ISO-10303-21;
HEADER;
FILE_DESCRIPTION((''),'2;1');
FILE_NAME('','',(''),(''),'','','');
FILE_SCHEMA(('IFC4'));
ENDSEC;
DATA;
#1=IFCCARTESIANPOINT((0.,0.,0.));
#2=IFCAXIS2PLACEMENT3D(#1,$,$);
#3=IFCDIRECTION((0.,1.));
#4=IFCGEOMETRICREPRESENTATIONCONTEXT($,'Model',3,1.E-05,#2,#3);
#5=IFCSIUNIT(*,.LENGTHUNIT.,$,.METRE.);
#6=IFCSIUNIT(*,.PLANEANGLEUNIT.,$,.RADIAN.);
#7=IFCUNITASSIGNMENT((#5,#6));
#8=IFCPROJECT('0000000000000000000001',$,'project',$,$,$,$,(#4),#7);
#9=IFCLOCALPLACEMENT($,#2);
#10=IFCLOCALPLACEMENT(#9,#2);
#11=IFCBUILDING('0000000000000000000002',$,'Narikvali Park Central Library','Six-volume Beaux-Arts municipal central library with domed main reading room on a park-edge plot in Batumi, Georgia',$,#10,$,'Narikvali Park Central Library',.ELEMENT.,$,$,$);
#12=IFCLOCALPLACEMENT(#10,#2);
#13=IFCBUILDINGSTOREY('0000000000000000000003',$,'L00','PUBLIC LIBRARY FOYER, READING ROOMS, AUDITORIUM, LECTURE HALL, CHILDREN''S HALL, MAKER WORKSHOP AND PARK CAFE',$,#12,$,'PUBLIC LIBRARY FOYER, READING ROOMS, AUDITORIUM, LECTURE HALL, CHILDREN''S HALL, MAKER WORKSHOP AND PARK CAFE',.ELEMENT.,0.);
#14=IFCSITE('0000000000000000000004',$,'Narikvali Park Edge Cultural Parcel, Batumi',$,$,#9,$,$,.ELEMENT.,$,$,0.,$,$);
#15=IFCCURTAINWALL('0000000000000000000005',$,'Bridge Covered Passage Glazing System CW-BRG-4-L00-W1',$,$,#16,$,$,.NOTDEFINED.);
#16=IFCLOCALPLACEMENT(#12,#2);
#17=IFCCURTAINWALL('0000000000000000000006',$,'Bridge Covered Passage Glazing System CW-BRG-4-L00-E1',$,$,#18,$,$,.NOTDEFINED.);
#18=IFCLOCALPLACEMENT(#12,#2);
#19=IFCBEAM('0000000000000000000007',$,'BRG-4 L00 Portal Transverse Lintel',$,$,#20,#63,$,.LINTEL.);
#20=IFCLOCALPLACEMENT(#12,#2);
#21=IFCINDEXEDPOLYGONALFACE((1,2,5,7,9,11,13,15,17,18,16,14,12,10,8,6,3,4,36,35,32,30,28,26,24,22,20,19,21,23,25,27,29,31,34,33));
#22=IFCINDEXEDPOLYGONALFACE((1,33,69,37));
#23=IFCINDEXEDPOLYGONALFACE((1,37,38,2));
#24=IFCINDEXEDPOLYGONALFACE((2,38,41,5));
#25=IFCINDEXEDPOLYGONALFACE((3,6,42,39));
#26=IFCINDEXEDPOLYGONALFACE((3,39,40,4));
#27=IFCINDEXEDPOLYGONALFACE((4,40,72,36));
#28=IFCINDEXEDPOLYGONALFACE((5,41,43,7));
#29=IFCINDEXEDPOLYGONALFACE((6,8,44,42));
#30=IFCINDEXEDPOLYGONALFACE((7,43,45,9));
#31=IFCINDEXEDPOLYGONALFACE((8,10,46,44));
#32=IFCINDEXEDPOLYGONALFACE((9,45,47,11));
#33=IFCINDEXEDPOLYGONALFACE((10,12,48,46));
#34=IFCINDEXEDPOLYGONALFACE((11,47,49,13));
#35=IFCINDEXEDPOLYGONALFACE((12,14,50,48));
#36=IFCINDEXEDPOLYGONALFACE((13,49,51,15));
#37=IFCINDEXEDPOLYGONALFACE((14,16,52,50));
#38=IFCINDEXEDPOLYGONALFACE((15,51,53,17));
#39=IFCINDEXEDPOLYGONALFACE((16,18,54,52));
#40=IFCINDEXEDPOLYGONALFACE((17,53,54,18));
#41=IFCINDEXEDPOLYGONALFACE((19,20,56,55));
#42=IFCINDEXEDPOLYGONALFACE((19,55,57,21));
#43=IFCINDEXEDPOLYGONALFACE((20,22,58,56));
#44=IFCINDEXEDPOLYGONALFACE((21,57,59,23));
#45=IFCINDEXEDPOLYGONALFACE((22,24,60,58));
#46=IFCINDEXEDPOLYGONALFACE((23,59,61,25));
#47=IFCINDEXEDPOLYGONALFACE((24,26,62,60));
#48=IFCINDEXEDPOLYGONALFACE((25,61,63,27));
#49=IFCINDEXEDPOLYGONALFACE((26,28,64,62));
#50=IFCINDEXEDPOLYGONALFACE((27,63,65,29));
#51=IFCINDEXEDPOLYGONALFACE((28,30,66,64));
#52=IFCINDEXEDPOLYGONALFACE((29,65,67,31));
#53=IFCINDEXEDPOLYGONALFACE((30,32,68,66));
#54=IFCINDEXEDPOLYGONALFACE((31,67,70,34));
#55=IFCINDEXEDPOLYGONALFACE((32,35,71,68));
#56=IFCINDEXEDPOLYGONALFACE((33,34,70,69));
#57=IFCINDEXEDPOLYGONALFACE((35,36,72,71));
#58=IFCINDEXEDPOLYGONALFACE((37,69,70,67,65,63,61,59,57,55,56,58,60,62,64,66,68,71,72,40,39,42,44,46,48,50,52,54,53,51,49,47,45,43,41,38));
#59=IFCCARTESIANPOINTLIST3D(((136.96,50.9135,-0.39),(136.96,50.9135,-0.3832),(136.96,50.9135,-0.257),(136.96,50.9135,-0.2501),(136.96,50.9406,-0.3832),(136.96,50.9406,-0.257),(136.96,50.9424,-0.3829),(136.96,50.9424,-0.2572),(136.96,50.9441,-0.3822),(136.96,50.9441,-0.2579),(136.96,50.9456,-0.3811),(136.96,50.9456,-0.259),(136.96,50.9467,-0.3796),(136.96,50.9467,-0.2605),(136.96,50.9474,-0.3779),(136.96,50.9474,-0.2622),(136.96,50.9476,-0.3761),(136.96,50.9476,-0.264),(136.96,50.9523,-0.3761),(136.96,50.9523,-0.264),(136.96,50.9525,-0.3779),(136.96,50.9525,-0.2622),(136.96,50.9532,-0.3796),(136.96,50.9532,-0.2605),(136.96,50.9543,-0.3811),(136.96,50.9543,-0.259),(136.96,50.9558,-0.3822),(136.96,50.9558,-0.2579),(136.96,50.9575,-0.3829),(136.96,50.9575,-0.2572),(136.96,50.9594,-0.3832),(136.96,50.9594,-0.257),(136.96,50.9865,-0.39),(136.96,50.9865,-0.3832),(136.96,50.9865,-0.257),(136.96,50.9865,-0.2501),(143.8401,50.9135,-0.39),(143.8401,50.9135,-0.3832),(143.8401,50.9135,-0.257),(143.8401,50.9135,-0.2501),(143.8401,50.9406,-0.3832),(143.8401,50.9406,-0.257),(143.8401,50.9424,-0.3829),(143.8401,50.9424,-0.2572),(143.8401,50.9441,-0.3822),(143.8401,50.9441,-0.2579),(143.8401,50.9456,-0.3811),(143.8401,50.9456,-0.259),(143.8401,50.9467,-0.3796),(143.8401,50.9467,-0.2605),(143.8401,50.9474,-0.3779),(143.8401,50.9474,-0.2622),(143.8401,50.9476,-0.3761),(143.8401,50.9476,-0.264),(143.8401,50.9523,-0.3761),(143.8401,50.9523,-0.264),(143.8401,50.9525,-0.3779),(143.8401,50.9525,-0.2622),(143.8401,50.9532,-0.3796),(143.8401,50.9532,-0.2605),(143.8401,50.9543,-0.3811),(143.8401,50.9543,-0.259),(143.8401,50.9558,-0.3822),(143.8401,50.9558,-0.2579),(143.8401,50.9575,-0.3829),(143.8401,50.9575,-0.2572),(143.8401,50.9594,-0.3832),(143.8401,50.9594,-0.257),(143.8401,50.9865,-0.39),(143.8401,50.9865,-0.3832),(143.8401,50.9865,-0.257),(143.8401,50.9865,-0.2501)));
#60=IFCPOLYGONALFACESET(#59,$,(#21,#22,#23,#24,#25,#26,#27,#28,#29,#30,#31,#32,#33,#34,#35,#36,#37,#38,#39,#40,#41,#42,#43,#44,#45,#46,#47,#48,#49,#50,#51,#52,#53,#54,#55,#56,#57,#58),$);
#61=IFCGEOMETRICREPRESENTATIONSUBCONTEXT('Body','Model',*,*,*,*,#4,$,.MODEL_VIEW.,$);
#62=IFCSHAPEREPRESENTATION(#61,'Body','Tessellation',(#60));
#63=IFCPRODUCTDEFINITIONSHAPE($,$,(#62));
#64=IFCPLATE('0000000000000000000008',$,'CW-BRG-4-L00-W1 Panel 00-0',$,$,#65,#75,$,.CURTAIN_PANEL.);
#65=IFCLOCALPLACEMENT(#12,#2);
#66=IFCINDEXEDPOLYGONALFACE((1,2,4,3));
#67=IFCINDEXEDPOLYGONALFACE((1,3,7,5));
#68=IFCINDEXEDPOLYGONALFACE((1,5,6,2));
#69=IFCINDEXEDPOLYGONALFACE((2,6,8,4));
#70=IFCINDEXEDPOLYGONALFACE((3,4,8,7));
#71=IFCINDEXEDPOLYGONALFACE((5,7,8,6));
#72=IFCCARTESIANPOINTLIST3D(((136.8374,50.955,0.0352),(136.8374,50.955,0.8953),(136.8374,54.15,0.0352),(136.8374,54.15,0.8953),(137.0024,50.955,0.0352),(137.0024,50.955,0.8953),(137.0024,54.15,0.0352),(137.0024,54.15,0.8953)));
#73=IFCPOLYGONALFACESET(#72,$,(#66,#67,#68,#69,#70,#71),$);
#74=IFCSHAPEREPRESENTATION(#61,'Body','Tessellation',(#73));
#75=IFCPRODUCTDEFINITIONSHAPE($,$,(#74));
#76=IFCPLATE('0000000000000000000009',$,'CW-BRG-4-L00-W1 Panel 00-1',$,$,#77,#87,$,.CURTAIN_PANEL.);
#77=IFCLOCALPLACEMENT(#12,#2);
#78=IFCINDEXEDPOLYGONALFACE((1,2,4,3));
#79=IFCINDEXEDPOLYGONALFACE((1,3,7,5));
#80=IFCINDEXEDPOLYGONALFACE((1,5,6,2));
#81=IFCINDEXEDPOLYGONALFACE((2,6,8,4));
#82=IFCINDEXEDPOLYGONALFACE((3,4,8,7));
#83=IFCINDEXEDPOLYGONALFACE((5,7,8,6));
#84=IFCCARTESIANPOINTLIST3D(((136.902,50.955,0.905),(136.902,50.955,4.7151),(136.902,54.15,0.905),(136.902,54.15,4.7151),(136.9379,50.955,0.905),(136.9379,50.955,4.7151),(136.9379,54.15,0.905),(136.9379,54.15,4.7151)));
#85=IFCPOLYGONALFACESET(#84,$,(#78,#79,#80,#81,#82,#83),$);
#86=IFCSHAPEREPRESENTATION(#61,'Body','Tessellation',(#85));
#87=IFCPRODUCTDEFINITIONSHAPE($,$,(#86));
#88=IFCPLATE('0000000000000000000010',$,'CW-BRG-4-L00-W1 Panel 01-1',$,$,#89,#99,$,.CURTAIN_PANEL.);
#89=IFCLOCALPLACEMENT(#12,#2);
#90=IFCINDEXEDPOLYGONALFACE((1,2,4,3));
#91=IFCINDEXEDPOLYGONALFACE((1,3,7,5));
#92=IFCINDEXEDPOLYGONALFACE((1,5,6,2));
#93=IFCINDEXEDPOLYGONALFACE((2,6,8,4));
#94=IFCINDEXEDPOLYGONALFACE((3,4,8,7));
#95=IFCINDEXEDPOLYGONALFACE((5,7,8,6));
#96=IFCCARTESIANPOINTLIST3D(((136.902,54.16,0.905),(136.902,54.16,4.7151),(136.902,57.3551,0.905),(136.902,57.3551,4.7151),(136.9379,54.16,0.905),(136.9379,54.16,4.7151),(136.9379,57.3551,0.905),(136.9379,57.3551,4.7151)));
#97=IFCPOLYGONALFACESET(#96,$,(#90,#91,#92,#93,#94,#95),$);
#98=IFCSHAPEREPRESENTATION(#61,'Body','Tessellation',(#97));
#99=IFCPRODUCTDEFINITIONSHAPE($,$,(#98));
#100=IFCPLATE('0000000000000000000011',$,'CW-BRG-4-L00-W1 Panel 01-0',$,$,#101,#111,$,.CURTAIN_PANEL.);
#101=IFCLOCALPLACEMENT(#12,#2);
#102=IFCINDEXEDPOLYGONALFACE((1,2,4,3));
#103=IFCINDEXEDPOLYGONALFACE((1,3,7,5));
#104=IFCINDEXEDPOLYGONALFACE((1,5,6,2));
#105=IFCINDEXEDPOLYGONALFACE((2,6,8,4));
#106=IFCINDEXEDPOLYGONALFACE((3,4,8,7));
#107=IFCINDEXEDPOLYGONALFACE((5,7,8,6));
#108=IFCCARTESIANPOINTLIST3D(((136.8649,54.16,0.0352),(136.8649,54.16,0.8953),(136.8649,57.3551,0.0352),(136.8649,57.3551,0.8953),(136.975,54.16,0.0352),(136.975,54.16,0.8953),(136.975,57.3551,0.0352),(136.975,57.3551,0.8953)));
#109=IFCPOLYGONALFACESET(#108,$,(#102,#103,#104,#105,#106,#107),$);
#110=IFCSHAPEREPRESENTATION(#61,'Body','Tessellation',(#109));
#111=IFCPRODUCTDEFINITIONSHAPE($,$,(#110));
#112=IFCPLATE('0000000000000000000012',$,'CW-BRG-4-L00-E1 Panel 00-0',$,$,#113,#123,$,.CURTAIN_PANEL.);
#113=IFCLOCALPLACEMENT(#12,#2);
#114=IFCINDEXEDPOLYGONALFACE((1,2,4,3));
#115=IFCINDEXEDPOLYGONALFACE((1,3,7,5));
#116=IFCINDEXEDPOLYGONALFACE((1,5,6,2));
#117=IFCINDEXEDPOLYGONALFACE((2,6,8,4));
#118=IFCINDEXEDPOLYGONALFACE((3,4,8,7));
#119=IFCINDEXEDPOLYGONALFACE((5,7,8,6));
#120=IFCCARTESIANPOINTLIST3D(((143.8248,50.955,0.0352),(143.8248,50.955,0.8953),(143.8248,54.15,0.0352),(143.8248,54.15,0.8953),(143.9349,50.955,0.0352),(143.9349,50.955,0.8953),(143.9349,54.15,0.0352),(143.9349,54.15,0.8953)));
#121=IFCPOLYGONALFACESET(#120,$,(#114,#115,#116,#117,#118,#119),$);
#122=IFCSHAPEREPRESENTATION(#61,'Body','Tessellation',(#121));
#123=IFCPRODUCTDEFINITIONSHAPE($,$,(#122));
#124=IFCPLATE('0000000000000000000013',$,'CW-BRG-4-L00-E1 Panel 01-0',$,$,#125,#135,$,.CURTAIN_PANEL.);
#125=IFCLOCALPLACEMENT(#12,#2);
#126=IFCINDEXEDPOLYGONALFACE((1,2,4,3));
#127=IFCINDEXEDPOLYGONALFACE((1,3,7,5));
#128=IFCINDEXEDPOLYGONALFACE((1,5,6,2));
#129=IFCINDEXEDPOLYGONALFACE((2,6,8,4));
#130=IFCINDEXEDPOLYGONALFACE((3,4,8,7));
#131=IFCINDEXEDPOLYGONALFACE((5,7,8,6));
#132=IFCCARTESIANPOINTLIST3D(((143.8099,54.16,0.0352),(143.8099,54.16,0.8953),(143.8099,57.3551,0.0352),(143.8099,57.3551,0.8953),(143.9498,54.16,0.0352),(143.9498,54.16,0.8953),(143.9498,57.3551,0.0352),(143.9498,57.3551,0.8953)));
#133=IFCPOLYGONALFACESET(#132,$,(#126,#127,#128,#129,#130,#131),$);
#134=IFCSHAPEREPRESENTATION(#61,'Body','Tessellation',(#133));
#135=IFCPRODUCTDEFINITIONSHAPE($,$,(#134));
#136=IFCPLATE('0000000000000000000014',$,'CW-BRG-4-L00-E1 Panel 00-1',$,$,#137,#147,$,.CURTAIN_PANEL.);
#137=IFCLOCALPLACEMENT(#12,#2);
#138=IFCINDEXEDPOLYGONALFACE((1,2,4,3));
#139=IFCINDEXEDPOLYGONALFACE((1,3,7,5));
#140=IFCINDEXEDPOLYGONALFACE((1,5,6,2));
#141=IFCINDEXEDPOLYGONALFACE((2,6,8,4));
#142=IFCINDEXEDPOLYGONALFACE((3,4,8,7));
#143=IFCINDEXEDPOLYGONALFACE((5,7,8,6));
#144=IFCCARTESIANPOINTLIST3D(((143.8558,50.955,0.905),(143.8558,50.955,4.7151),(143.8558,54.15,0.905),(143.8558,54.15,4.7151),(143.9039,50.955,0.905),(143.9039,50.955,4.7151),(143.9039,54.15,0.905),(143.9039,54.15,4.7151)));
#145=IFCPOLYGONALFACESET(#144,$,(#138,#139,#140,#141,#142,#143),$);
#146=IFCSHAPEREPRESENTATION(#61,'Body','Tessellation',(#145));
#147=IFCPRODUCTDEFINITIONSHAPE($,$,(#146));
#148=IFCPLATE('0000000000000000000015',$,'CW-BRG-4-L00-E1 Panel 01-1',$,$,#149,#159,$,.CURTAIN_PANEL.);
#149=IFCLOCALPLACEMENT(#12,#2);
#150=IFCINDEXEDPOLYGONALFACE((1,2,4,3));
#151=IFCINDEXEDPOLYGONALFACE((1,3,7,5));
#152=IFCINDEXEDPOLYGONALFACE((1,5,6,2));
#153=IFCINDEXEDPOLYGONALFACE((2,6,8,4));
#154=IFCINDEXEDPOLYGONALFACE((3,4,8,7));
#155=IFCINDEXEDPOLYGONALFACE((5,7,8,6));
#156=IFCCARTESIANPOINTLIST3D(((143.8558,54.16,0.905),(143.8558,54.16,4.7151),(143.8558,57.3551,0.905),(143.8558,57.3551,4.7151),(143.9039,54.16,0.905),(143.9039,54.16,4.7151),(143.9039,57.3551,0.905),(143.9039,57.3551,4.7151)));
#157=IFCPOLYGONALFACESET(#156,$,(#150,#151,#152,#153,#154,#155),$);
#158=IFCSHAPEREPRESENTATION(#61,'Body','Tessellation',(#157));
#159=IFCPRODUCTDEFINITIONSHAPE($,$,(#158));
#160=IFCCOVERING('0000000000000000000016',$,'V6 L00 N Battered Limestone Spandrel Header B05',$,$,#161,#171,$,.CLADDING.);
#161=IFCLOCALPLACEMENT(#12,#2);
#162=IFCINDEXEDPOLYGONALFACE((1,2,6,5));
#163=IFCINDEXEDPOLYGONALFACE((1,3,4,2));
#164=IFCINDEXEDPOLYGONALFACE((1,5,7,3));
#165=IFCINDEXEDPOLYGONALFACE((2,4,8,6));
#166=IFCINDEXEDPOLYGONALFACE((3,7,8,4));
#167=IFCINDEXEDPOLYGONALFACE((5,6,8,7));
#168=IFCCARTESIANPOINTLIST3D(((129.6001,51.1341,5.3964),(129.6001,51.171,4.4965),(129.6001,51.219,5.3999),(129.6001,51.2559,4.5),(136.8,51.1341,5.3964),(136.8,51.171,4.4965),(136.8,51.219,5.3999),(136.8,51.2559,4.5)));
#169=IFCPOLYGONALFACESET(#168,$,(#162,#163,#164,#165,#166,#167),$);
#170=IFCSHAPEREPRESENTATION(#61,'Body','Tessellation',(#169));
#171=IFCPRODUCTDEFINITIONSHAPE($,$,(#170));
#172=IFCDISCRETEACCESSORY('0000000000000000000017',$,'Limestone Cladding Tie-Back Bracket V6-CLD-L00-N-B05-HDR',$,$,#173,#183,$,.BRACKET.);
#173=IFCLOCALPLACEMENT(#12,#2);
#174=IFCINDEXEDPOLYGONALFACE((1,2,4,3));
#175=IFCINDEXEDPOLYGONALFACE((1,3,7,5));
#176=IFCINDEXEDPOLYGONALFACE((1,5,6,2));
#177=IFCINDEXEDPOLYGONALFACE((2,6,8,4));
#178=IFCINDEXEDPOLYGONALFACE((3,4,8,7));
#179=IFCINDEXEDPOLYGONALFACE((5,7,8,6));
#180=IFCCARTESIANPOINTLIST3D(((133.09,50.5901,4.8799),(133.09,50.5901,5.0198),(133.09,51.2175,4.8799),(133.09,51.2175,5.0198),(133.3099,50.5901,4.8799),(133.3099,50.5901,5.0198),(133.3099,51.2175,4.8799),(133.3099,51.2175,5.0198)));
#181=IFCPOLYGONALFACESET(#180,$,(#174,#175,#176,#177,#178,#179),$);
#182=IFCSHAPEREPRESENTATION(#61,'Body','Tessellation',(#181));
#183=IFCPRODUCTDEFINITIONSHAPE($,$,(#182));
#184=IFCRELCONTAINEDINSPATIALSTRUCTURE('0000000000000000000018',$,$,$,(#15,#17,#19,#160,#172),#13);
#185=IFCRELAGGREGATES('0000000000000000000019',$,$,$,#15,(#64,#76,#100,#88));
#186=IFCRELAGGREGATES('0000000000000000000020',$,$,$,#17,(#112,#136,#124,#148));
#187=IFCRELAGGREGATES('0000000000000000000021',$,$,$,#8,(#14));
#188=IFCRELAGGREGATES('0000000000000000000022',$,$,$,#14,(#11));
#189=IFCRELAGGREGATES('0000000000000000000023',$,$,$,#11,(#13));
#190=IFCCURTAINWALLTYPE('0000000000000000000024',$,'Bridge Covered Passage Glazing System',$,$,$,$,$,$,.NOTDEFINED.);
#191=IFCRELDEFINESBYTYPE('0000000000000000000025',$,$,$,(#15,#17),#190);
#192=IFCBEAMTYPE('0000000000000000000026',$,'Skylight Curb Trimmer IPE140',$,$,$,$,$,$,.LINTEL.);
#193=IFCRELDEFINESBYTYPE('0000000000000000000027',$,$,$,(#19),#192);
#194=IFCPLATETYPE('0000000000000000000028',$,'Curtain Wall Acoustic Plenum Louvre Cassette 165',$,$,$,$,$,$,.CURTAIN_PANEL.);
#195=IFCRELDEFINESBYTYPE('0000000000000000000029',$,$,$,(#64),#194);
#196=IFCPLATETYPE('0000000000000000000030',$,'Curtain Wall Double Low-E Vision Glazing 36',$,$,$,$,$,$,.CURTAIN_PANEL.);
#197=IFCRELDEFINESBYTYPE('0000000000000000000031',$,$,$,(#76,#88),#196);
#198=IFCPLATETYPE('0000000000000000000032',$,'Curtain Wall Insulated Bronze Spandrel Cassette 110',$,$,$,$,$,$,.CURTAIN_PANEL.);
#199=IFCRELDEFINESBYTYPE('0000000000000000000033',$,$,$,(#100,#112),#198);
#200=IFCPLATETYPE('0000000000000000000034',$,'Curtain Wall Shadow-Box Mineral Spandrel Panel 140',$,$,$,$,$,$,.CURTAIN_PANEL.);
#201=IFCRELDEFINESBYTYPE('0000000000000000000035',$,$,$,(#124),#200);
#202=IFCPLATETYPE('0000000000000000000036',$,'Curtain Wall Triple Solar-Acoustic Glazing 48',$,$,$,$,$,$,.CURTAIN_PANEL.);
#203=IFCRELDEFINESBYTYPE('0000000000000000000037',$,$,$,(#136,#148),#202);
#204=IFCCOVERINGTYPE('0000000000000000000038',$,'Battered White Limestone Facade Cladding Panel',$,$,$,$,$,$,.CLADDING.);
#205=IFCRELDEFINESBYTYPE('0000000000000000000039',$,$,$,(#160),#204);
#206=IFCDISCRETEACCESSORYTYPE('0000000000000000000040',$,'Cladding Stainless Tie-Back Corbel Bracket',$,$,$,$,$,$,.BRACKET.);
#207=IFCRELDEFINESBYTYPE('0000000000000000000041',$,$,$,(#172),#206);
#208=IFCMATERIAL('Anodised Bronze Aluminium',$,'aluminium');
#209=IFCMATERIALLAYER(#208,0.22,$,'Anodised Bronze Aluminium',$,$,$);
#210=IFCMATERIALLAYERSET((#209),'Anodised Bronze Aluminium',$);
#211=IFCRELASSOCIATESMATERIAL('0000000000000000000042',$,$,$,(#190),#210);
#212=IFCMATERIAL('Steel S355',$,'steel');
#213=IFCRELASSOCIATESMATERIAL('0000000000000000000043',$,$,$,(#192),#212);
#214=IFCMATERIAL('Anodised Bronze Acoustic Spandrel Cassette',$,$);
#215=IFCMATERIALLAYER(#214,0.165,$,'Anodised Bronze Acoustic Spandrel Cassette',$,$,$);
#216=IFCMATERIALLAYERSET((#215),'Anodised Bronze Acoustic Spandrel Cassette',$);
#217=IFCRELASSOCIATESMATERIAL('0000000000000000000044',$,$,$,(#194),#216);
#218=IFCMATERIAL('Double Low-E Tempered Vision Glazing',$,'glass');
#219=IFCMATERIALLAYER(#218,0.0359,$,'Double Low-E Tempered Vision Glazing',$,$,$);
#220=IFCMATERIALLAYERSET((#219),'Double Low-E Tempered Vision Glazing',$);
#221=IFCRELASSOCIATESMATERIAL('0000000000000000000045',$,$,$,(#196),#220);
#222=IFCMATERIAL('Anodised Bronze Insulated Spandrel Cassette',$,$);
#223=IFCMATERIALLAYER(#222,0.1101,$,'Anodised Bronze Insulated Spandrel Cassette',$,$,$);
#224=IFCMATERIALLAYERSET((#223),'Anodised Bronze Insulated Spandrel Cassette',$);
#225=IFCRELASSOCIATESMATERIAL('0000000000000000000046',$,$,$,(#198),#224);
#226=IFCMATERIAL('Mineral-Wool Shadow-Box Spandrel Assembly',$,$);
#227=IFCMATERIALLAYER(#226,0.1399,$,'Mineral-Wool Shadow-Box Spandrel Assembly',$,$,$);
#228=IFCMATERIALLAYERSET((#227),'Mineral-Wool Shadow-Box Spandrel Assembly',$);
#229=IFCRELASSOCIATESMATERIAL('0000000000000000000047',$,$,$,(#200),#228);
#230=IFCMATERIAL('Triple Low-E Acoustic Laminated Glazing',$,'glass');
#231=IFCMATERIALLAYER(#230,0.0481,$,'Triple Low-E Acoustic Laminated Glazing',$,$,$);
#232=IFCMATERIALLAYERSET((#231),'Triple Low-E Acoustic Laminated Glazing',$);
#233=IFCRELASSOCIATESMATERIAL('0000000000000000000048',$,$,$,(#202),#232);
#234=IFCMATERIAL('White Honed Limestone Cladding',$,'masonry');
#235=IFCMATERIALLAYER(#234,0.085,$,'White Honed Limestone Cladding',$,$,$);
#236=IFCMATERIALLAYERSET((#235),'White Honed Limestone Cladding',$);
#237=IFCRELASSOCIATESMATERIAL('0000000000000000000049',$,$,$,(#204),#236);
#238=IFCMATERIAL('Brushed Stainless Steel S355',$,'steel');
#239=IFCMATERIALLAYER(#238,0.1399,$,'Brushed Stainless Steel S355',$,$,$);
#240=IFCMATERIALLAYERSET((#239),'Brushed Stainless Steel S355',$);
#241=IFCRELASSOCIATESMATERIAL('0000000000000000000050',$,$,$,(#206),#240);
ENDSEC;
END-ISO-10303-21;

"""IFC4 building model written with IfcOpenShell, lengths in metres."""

from ifc_helpers import new_model, si_unit, direction, frame, origin, origin_2d, place, context, subcontext, project, spatial, polyline, rectangle, i_section, outline, extrude, material, layer, layer_set, material_profile, profile_set, type_object, element, aggregate, save


model = new_model("IFC4")

# Units and contexts
model_context = context("Model", 3, precision=1e-05, world=origin(), true_north=direction((0.0, 1.0)))
body_context = subcontext(model_context, "Body", "Model", "MODEL_VIEW")
ifc_project = project(units=[si_unit("LENGTHUNIT", "METRE"), si_unit("PLANEANGLEUNIT", "RADIAN")], contexts=[model_context])

# Site, building, storey
site_placement = place(None, origin())
site = spatial("IfcSite", under=ifc_project, at=site_placement, Name="Narikvali Park Edge Cultural Parcel, Batumi", CompositionType="ELEMENT", RefElevation=0.0)
building_placement = place(site_placement, origin())
building = spatial("IfcBuilding", under=site, at=building_placement, Name="Narikvali Park Central Library", Description="Six-volume Beaux-Arts municipal central library with domed main reading room on a park-edge plot in Batumi, Georgia", LongName="Narikvali Park Central Library", CompositionType="ELEMENT")
storey_placement = place(building_placement, origin())
storey = spatial("IfcBuildingStorey", under=building, at=storey_placement, Name="L00", Description="PUBLIC LIBRARY FOYER, READING ROOMS, AUDITORIUM, LECTURE HALL, CHILDREN'S HALL, MAKER WORKSHOP AND PARK CAFE", LongName="PUBLIC LIBRARY FOYER, READING ROOMS, AUDITORIUM, LECTURE HALL, CHILDREN'S HALL, MAKER WORKSHOP AND PARK CAFE", CompositionType="ELEMENT", Elevation=0.0)

# Shared definitions
ifc_material_1 = material(Name="Steel S355", Category="steel")

# Curtain walls
ifc_material_2 = material(Name="Anodised Bronze Aluminium", Category="aluminium")
ifc_layer_1 = layer(ifc_material_2, 0.22, Name="Anodised Bronze Aluminium")
ifc_layer_set_1 = layer_set([ifc_layer_1], Name="Anodised Bronze Aluminium")
curtain_wall_type = type_object("IfcCurtainWallType", Name="Bridge Covered Passage Glazing System", PredefinedType="NOTDEFINED", material=ifc_layer_set_1)
curtain_wall_1_placement = place(storey_placement, origin())
curtain_wall_1 = element("IfcCurtainWall", 1, at=curtain_wall_1_placement, inside=storey, type_object=curtain_wall_type, Name="Bridge Covered Passage Glazing System CW-BRG-4-L00-W1", PredefinedType="NOTDEFINED")
curtain_wall_2_placement = place(storey_placement, origin())
curtain_wall_2 = element("IfcCurtainWall", 2, at=curtain_wall_2_placement, inside=storey, type_object=curtain_wall_type, Name="Bridge Covered Passage Glazing System CW-BRG-4-L00-E1", PredefinedType="NOTDEFINED")

# Beam
ifc_material_profile_1 = material_profile(ifc_material_1, i_section(OverallWidth=0.073, OverallDepth=0.1399, WebThickness=0.0046, FlangeThickness=0.0068, FilletRadius=0.0071, at=origin_2d()), Name="IPE 140")
ifc_profile_set_1 = profile_set([ifc_material_profile_1], Name="Steel S355")
beam_type_1 = type_object("IfcBeamType", Name="Skylight Curb Trimmer IPE140", PredefinedType="LINTEL", material=ifc_profile_set_1)
beam_1_placement = place(storey_placement, frame((136.96, 50.95, -0.3201), z_axis=(1.0, 0.0, 0.0), x_axis=(0.0, 1.0, 0.0)))
element("IfcBeam", 3, at=beam_1_placement, inside=storey, type_object=beam_type_1, Name="BRG-4 L00 Portal Transverse Lintel", PredefinedType="LINTEL", context=body_context, shape_type="SweptSolid", body=[
    extrude(i_section(OverallWidth=0.073, OverallDepth=0.1399, WebThickness=0.0046, FlangeThickness=0.0068, FilletRadius=0.0071, at=origin_2d()), origin(), (0.0, 0.0, 1.0), 6.8801),
])

# Plates
ifc_material_3 = material(Name="Anodised Bronze Acoustic Spandrel Cassette")
ifc_layer_2 = layer(ifc_material_3, 0.165, Name="Anodised Bronze Acoustic Spandrel Cassette")
ifc_layer_set_2 = layer_set([ifc_layer_2], Name="Anodised Bronze Acoustic Spandrel Cassette")
plate_type_1 = type_object("IfcPlateType", Name="Curtain Wall Acoustic Plenum Louvre Cassette 165", PredefinedType="CURTAIN_PANEL", material=ifc_layer_set_2)
plate_1_placement = place(storey_placement, frame((136.9199, 52.5525, 0.0352), z_axis=(0.0, 0.0, 1.0), x_axis=(0.0, 1.0, 0.0)))
plate_1 = element("IfcPlate", 4, at=plate_1_placement, type_object=plate_type_1, Name="CW-BRG-4-L00-W1 Panel 00-0", PredefinedType="CURTAIN_PANEL", context=body_context, shape_type="SweptSolid", body=[
    extrude(rectangle(XDim=3.1951, YDim=0.165, at=origin_2d()), origin(), (0.0, 0.0, 1.0), 0.8601),
])
ifc_material_4 = material(Name="Double Low-E Tempered Vision Glazing", Category="glass")
ifc_layer_3 = layer(ifc_material_4, 0.0359, Name="Double Low-E Tempered Vision Glazing")
ifc_layer_set_3 = layer_set([ifc_layer_3], Name="Double Low-E Tempered Vision Glazing")
plate_type_2 = type_object("IfcPlateType", Name="Curtain Wall Double Low-E Vision Glazing 36", PredefinedType="CURTAIN_PANEL", material=ifc_layer_set_3)
plate_2_placement = place(storey_placement, frame((136.9199, 52.5525, 0.905), z_axis=(0.0, 0.0, 1.0), x_axis=(0.0, 1.0, 0.0)))
plate_2 = element("IfcPlate", 5, at=plate_2_placement, type_object=plate_type_2, Name="CW-BRG-4-L00-W1 Panel 00-1", PredefinedType="CURTAIN_PANEL", context=body_context, shape_type="SweptSolid", body=[
    extrude(rectangle(XDim=3.1951, YDim=0.0359, at=origin_2d()), origin(), (0.0, 0.0, 1.0), 3.8101),
])
plate_3_placement = place(storey_placement, frame((136.9199, 55.7576, 0.905), z_axis=(0.0, 0.0, 1.0), x_axis=(0.0, 1.0, 0.0)))
plate_3 = element("IfcPlate", 6, at=plate_3_placement, type_object=plate_type_2, Name="CW-BRG-4-L00-W1 Panel 01-1", PredefinedType="CURTAIN_PANEL", context=body_context, shape_type="SweptSolid", body=[
    extrude(rectangle(XDim=3.1951, YDim=0.0359, at=origin_2d()), origin(), (0.0, 0.0, 1.0), 3.8101),
])
ifc_material_5 = material(Name="Anodised Bronze Insulated Spandrel Cassette")
ifc_layer_4 = layer(ifc_material_5, 0.1101, Name="Anodised Bronze Insulated Spandrel Cassette")
ifc_layer_set_4 = layer_set([ifc_layer_4], Name="Anodised Bronze Insulated Spandrel Cassette")
plate_type_3 = type_object("IfcPlateType", Name="Curtain Wall Insulated Bronze Spandrel Cassette 110", PredefinedType="CURTAIN_PANEL", material=ifc_layer_set_4)
plate_4_placement = place(storey_placement, frame((136.9199, 55.7576, 0.0352), z_axis=(0.0, 0.0, 1.0), x_axis=(0.0, 1.0, 0.0)))
plate_4 = element("IfcPlate", 7, at=plate_4_placement, type_object=plate_type_3, Name="CW-BRG-4-L00-W1 Panel 01-0", PredefinedType="CURTAIN_PANEL", context=body_context, shape_type="SweptSolid", body=[
    extrude(rectangle(XDim=3.1951, YDim=0.1101, at=origin_2d()), origin(), (0.0, 0.0, 1.0), 0.8601),
])
aggregate(curtain_wall_1, [plate_1, plate_2, plate_4, plate_3])
plate_5_placement = place(storey_placement, frame((143.8799, 52.5525, 0.0352), z_axis=(0.0, 0.0, 1.0), x_axis=(0.0, 1.0, 0.0)))
plate_5 = element("IfcPlate", 8, at=plate_5_placement, type_object=plate_type_3, Name="CW-BRG-4-L00-E1 Panel 00-0", PredefinedType="CURTAIN_PANEL", context=body_context, shape_type="SweptSolid", body=[
    extrude(rectangle(XDim=3.1951, YDim=0.1101, at=origin_2d()), origin(), (0.0, 0.0, 1.0), 0.8601),
])
ifc_material_6 = material(Name="Mineral-Wool Shadow-Box Spandrel Assembly")
ifc_layer_5 = layer(ifc_material_6, 0.1399, Name="Mineral-Wool Shadow-Box Spandrel Assembly")
ifc_layer_set_5 = layer_set([ifc_layer_5], Name="Mineral-Wool Shadow-Box Spandrel Assembly")
plate_type_4 = type_object("IfcPlateType", Name="Curtain Wall Shadow-Box Mineral Spandrel Panel 140", PredefinedType="CURTAIN_PANEL", material=ifc_layer_set_5)
plate_6_placement = place(storey_placement, frame((143.8799, 55.7576, 0.0352), z_axis=(0.0, 0.0, 1.0), x_axis=(0.0, 1.0, 0.0)))
plate_6 = element("IfcPlate", 9, at=plate_6_placement, type_object=plate_type_4, Name="CW-BRG-4-L00-E1 Panel 01-0", PredefinedType="CURTAIN_PANEL", context=body_context, shape_type="SweptSolid", body=[
    extrude(rectangle(XDim=3.1951, YDim=0.1399, at=origin_2d()), origin(), (0.0, 0.0, 1.0), 0.8601),
])
ifc_material_7 = material(Name="Triple Low-E Acoustic Laminated Glazing", Category="glass")
ifc_layer_6 = layer(ifc_material_7, 0.0481, Name="Triple Low-E Acoustic Laminated Glazing")
ifc_layer_set_6 = layer_set([ifc_layer_6], Name="Triple Low-E Acoustic Laminated Glazing")
plate_type_5 = type_object("IfcPlateType", Name="Curtain Wall Triple Solar-Acoustic Glazing 48", PredefinedType="CURTAIN_PANEL", material=ifc_layer_set_6)
plate_7_placement = place(storey_placement, frame((143.8799, 52.5525, 0.905), z_axis=(0.0, 0.0, 1.0), x_axis=(0.0, 1.0, 0.0)))
plate_7 = element("IfcPlate", 10, at=plate_7_placement, type_object=plate_type_5, Name="CW-BRG-4-L00-E1 Panel 00-1", PredefinedType="CURTAIN_PANEL", context=body_context, shape_type="SweptSolid", body=[
    extrude(rectangle(XDim=3.1951, YDim=0.0481, at=origin_2d()), origin(), (0.0, 0.0, 1.0), 3.8101),
])
plate_8_placement = place(storey_placement, frame((143.8799, 55.7576, 0.905), z_axis=(0.0, 0.0, 1.0), x_axis=(0.0, 1.0, 0.0)))
plate_8 = element("IfcPlate", 11, at=plate_8_placement, type_object=plate_type_5, Name="CW-BRG-4-L00-E1 Panel 01-1", PredefinedType="CURTAIN_PANEL", context=body_context, shape_type="SweptSolid", body=[
    extrude(rectangle(XDim=3.1951, YDim=0.0481, at=origin_2d()), origin(), (0.0, 0.0, 1.0), 3.8101),
])
aggregate(curtain_wall_2, [plate_5, plate_7, plate_6, plate_8])

# Covering
ifc_material_8 = material(Name="White Honed Limestone Cladding", Category="masonry")
ifc_layer_7 = layer(ifc_material_8, 0.085, Name="White Honed Limestone Cladding")
ifc_layer_set_7 = layer_set([ifc_layer_7], Name="White Honed Limestone Cladding")
covering_type = type_object("IfcCoveringType", Name="Battered White Limestone Facade Cladding Panel", PredefinedType="CLADDING", material=ifc_layer_set_7)
covering_placement = place(storey_placement, frame((136.8, 51.2559, 4.5), z_axis=(0.0, 0.999162, 0.040931), x_axis=(-1.0, 0.0, 0.0)))
element("IfcCovering", 12, at=covering_placement, inside=storey, type_object=covering_type, Name="V6 L00 N Battered Limestone Spandrel Header B05", PredefinedType="CLADDING", context=body_context, shape_type="SweptSolid", body=[
    extrude(outline(polyline([(0.0, 0.0), (7.2, 0.0), (7.2, 0.9007), (0.0, 0.9007), (0.0, 0.0)])), origin(), (0.0, 0.0, -1.0), 0.085),
])

# Discrete accessory
ifc_material_9 = material(Name="Brushed Stainless Steel S355", Category="steel")
ifc_layer_8 = layer(ifc_material_9, 0.1399, Name="Brushed Stainless Steel S355")
ifc_layer_set_8 = layer_set([ifc_layer_8], Name="Brushed Stainless Steel S355")
discrete_accessory_type_1 = type_object("IfcDiscreteAccessoryType", Name="Cladding Stainless Tie-Back Corbel Bracket", PredefinedType="BRACKET", material=ifc_layer_set_8)
discrete_accessory_1_placement = place(storey_placement, frame((133.2, 50.9038, 4.8799), z_axis=(0.0, 0.0, 1.0), x_axis=(1.0, 0.0, 0.0)))
element("IfcDiscreteAccessory", 13, at=discrete_accessory_1_placement, inside=storey, type_object=discrete_accessory_type_1, Name="Limestone Cladding Tie-Back Bracket V6-CLD-L00-N-B05-HDR", PredefinedType="BRACKET", context=body_context, shape_type="SweptSolid", body=[
    extrude(rectangle(XDim=0.22, YDim=0.6274, at=origin_2d()), origin(), (0.0, 0.0, 1.0), 0.1399),
])

save(model, "model.ifc")
